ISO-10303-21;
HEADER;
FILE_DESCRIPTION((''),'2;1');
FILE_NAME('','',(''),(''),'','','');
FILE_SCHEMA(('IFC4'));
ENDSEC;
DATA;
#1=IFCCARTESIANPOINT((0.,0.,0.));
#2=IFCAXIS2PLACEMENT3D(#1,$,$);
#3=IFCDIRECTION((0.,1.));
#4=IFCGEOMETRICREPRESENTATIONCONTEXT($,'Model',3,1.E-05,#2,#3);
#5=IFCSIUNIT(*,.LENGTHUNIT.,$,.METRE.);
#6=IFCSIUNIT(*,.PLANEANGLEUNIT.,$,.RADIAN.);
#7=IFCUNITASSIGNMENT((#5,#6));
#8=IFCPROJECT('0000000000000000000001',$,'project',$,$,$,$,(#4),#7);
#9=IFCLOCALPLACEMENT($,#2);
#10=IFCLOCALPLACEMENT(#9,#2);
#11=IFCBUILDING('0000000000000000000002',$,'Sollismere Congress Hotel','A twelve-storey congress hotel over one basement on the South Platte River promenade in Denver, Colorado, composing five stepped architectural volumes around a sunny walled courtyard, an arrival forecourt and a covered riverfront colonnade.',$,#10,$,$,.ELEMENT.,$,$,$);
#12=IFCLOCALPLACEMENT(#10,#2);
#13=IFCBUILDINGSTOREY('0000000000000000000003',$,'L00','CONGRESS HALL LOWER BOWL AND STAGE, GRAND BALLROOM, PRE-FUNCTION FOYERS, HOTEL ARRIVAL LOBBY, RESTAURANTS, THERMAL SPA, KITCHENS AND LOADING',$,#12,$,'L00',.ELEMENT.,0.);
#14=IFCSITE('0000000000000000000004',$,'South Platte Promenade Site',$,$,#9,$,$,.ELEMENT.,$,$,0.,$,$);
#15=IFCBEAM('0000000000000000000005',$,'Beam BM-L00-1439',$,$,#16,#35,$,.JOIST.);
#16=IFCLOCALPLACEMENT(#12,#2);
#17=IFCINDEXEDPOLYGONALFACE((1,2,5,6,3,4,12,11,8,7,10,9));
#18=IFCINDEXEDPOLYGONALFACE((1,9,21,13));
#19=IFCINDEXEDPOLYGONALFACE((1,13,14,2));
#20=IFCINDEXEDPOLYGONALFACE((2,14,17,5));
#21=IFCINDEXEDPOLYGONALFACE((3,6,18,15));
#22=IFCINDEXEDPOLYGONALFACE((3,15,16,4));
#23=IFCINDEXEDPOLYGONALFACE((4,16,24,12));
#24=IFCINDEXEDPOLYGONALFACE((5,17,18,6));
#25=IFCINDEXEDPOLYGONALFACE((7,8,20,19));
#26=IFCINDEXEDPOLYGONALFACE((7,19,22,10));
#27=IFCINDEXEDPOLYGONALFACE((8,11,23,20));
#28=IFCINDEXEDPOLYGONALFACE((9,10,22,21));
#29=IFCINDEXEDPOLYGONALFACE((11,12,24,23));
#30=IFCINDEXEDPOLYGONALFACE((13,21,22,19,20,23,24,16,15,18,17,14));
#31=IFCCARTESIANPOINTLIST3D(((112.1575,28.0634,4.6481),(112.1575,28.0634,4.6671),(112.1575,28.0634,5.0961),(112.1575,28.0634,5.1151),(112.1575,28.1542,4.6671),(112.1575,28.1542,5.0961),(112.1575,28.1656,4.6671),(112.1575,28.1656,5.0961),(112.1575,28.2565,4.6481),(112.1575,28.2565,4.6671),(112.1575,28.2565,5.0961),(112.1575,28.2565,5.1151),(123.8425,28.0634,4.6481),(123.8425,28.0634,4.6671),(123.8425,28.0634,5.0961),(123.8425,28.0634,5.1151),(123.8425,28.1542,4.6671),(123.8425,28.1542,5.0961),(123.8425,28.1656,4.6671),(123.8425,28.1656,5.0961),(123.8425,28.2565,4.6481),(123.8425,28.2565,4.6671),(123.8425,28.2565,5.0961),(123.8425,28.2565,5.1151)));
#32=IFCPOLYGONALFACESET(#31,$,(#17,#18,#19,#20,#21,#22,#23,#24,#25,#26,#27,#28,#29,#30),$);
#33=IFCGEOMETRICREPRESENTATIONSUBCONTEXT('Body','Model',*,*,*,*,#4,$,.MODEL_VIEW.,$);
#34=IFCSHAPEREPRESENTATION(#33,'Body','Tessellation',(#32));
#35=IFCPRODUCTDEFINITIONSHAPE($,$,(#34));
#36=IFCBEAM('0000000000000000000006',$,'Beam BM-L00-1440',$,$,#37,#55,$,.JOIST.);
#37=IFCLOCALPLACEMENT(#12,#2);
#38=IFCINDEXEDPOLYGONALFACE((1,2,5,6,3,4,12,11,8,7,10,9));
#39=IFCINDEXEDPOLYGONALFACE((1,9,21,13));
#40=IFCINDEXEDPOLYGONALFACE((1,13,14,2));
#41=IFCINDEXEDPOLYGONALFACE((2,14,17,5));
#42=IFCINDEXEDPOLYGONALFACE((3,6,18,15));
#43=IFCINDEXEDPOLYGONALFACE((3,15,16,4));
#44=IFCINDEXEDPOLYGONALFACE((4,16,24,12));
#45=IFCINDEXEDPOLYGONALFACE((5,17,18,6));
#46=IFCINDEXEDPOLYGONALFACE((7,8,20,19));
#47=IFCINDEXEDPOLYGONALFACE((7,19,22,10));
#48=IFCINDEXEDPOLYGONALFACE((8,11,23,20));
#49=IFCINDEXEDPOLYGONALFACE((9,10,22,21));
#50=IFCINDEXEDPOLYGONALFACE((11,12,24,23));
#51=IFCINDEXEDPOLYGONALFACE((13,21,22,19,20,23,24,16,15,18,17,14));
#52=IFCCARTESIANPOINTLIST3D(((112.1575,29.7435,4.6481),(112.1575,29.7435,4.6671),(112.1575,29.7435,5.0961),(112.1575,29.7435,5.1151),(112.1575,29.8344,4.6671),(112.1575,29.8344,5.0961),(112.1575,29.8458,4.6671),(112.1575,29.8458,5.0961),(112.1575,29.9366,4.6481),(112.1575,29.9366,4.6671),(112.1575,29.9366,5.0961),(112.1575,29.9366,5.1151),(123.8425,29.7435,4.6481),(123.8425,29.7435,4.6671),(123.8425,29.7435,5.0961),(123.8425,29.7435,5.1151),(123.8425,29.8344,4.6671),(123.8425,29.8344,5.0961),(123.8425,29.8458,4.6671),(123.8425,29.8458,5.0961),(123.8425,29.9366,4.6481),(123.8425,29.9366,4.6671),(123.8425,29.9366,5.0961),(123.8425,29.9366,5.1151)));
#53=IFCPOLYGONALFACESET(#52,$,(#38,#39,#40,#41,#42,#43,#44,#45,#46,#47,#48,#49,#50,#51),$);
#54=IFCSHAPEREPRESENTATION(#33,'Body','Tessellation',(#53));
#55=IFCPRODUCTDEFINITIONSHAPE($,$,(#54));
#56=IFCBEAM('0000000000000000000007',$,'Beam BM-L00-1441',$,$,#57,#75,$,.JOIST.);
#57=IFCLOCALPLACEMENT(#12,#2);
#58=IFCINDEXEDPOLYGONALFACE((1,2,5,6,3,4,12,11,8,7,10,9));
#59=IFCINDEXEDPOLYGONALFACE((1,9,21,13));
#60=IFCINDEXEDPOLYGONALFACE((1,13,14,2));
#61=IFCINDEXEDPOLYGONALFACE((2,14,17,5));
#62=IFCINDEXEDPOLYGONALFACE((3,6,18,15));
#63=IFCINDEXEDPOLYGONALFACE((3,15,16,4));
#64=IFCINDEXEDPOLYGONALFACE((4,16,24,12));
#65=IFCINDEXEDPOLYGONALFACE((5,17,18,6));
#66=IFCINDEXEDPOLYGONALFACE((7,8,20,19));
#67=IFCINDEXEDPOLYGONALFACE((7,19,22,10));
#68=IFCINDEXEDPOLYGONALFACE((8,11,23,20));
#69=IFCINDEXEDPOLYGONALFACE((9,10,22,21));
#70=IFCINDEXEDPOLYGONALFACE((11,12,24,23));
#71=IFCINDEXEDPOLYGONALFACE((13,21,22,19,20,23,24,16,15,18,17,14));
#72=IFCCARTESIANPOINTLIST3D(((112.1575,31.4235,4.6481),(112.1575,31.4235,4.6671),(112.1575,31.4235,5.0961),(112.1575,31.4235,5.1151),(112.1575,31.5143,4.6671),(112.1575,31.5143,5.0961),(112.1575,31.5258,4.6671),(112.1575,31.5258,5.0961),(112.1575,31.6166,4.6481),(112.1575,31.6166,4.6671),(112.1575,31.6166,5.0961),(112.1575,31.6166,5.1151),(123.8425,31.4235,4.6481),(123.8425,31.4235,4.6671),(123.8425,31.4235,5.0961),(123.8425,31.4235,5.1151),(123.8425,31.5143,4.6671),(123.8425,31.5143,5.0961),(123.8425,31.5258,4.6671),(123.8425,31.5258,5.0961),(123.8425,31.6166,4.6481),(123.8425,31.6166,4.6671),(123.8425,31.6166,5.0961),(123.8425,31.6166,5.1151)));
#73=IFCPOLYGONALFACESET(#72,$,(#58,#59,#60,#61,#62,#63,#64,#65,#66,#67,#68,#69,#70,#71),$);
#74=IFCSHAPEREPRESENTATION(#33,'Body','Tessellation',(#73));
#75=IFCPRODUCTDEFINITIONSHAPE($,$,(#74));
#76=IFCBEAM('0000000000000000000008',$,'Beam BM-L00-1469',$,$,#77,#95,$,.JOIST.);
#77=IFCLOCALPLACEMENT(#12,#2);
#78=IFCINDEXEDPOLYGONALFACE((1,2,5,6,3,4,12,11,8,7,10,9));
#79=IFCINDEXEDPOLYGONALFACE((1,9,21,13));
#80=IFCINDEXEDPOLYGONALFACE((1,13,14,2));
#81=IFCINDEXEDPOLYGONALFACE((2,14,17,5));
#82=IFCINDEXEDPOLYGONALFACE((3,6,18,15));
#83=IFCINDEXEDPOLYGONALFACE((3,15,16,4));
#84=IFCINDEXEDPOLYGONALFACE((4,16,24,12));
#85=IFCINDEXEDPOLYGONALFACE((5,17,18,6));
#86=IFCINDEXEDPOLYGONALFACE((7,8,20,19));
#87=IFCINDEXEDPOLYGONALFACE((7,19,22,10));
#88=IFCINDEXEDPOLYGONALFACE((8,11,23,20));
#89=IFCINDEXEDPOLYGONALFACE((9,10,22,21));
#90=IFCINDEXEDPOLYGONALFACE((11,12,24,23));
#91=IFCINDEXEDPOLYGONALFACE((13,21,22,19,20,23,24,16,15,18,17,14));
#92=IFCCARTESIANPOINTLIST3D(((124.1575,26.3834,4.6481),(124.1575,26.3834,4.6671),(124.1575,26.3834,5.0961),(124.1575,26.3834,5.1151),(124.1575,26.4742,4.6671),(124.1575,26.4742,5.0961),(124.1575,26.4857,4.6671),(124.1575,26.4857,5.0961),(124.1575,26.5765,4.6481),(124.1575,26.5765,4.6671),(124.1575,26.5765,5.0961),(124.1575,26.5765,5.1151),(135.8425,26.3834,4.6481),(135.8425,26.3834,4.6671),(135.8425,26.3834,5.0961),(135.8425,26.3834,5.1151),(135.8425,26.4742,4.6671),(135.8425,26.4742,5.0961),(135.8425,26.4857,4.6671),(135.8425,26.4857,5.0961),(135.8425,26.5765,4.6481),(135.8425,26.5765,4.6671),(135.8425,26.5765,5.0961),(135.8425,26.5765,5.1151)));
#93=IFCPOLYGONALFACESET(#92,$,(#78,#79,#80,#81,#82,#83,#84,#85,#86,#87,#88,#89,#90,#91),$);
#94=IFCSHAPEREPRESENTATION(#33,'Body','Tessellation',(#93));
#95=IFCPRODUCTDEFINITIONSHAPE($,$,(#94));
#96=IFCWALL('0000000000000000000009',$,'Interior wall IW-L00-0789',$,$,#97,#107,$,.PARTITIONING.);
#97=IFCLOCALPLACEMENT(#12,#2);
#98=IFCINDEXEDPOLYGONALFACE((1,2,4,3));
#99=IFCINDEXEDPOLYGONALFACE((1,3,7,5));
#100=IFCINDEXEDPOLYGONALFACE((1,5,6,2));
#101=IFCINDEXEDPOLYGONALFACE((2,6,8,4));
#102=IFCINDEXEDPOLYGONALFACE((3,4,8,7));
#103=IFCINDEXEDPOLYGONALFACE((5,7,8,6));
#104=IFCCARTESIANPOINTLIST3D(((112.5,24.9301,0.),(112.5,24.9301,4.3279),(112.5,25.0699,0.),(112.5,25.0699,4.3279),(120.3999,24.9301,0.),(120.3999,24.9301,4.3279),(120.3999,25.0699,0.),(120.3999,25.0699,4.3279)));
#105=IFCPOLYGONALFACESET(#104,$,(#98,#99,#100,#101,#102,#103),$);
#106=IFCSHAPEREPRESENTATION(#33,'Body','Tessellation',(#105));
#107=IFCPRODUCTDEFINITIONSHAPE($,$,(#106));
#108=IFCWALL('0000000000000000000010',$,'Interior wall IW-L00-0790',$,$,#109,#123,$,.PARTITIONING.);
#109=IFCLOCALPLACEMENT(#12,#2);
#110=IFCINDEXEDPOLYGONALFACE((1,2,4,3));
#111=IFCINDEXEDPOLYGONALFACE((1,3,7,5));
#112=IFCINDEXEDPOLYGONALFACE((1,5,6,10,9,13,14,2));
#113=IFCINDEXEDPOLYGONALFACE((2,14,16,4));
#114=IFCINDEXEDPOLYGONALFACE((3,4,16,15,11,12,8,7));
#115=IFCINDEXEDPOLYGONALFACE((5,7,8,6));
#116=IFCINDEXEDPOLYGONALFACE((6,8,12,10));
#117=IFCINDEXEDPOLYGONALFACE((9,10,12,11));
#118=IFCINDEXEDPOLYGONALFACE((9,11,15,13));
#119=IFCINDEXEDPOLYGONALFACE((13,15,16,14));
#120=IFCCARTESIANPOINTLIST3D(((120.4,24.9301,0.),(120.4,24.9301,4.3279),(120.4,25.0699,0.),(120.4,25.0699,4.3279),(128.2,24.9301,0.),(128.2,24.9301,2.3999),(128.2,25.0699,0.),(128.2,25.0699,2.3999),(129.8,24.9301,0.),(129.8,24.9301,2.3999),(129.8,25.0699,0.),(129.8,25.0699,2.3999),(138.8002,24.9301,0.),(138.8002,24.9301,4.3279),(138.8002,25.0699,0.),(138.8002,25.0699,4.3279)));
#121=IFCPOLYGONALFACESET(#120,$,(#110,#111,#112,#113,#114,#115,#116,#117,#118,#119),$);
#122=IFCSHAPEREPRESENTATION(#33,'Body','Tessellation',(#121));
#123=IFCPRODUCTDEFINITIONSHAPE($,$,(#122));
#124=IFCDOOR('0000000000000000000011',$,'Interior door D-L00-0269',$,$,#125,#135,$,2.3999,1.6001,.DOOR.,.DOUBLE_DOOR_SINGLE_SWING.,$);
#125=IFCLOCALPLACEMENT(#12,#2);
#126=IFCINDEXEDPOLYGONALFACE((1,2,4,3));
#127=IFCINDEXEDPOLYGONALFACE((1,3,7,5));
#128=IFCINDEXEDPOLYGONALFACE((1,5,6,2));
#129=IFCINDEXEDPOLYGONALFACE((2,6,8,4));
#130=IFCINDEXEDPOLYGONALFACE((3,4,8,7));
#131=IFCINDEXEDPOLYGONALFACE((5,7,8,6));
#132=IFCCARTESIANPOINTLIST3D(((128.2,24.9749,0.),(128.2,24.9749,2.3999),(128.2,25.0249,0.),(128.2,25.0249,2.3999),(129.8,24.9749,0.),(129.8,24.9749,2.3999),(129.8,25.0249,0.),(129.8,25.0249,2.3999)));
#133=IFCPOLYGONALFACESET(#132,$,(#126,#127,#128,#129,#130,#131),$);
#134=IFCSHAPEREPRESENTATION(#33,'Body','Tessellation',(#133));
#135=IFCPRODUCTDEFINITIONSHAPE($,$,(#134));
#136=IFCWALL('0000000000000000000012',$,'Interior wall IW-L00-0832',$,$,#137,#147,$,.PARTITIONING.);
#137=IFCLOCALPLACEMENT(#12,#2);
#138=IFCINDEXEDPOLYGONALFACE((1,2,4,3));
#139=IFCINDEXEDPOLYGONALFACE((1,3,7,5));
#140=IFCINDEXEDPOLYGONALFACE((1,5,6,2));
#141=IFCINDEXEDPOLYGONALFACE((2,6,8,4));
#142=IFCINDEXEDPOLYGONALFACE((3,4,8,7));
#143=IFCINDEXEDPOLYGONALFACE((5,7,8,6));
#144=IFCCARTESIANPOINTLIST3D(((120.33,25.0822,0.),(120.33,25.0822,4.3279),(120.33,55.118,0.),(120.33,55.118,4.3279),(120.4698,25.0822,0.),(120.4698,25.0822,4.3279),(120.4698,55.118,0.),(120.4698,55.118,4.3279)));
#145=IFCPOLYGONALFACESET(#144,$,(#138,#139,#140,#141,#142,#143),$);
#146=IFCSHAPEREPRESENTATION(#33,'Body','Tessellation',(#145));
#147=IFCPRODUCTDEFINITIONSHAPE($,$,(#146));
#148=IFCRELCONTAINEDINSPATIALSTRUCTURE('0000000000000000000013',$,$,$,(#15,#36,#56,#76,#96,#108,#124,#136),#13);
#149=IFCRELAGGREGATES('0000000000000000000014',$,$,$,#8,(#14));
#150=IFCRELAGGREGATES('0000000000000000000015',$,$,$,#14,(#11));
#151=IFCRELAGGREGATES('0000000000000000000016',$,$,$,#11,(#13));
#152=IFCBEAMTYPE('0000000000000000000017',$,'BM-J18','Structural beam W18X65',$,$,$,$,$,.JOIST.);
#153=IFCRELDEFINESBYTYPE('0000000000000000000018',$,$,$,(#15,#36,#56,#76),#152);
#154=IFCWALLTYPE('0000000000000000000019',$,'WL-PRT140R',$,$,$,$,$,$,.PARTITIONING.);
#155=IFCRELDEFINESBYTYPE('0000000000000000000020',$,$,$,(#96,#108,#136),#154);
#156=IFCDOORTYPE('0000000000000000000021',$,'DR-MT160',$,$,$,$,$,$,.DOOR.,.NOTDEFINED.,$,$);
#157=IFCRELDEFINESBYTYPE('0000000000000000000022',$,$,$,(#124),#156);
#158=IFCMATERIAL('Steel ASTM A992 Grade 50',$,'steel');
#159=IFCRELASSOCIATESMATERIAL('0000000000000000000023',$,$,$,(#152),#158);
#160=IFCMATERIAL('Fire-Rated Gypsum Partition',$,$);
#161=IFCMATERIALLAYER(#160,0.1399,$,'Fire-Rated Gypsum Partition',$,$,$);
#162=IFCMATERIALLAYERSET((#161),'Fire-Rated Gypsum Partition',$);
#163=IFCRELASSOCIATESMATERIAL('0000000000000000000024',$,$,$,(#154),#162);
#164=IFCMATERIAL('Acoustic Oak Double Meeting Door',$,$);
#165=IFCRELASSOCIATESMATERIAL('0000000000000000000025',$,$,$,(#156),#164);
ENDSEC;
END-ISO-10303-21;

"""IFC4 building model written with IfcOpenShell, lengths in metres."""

from ifc_helpers import new_model, si_unit, direction, frame, frame_2d, origin, origin_2d, place, context, subcontext, project, spatial, rectangle, i_section, extrude, material, layer, layer_set, material_profile, profile_set, type_object, element, fill, save


model = new_model("IFC4")

# Units and contexts
model_context = context("Model", 3, precision=1e-05, world=origin(), true_north=direction((0.0, 1.0)))
body_context = subcontext(model_context, "Body", "Model", "MODEL_VIEW")
ifc_project = project(units=[si_unit("LENGTHUNIT", "METRE"), si_unit("PLANEANGLEUNIT", "RADIAN")], contexts=[model_context])

# Site, building, storey
site_placement = place(None, origin())
site = spatial("IfcSite", under=ifc_project, at=site_placement, Name="South Platte Promenade Site", CompositionType="ELEMENT", RefElevation=0.0)
building_placement = place(site_placement, origin())
building = spatial("IfcBuilding", under=site, at=building_placement, Name="Sollismere Congress Hotel", Description="A twelve-storey congress hotel over one basement on the South Platte River promenade in Denver, Colorado, composing five stepped architectural volumes around a sunny walled courtyard, an arrival forecourt and a covered riverfront colonnade.", CompositionType="ELEMENT")
storey_placement = place(building_placement, origin())
storey = spatial("IfcBuildingStorey", under=building, at=storey_placement, Name="L00", Description="CONGRESS HALL LOWER BOWL AND STAGE, GRAND BALLROOM, PRE-FUNCTION FOYERS, HOTEL ARRIVAL LOBBY, RESTAURANTS, THERMAL SPA, KITCHENS AND LOADING", LongName="L00", CompositionType="ELEMENT", Elevation=0.0)

# Shared definitions
ifc_material_1 = material(Name="Steel ASTM A992 Grade 50", Category="steel")

# Beams
ifc_material_profile_1 = material_profile(ifc_material_1, i_section(OverallWidth=0.1931, OverallDepth=0.467, WebThickness=0.0115, FlangeThickness=0.019, at=origin_2d()), Name="W18X65")
ifc_profile_set_1 = profile_set([ifc_material_profile_1], Name="Steel ASTM A992 Grade 50")
beam_type_1 = type_object("IfcBeamType", Name="BM-J18", Description="Structural beam W18X65", PredefinedType="JOIST", material=ifc_profile_set_1)
for number, where, z_axis, x_axis, name in (
    (1, (112.1575, 28.1599, 4.8816), (1.0, 0.0, 0.0), (0.0, 1.0, 0.0), "Beam BM-L00-1439"),
    (2, (112.1575, 29.8401, 4.8816), (1.0, 0.0, 0.0), (0.0, 1.0, 0.0), "Beam BM-L00-1440"),
    (3, (112.1575, 31.52, 4.8816), (1.0, 0.0, 0.0), (0.0, 1.0, 0.0), "Beam BM-L00-1441"),
    (4, (124.1575, 26.48, 4.8816), (1.0, 0.0, 0.0), (0.0, 1.0, 0.0), "Beam BM-L00-1469"),
):
    element("IfcBeam", number, at=place(storey_placement, frame(where, z_axis=z_axis, x_axis=x_axis)), inside=storey, type_object=beam_type_1, Name=name, PredefinedType="JOIST", context=body_context, shape_type="SweptSolid", body=[
        extrude(i_section(OverallWidth=0.1931, OverallDepth=0.467, WebThickness=0.0115, FlangeThickness=0.019, at=origin_2d()), origin(), (0.0, 0.0, 1.0), 11.6851),
    ])

# Wall
ifc_material_2 = material(Name="Fire-Rated Gypsum Partition")
ifc_layer = layer(ifc_material_2, 0.1399, Name="Fire-Rated Gypsum Partition")
ifc_layer_set = layer_set([ifc_layer], Name="Fire-Rated Gypsum Partition")
wall_type = type_object("IfcWallType", Name="WL-PRT140R", PredefinedType="PARTITIONING", material=ifc_layer_set)
wall_1_placement = place(storey_placement, frame((112.5, 25.0, 0.0), z_axis=(0.0, 0.0, 1.0), x_axis=(1.0, 0.0, 0.0)))
element("IfcWall", 5, at=wall_1_placement, inside=storey, type_object=wall_type, Name="Interior wall IW-L00-0789", PredefinedType="PARTITIONING", context=body_context, shape_type="SweptSolid", body=[
    extrude(rectangle(XDim=7.8999, YDim=0.1399, at=frame_2d((3.95, 0.0))), origin(), (0.0, 0.0, 1.0), 4.3279),
])

# Wall, opening, door
wall_2_placement = place(storey_placement, frame((120.3999, 25.0, 0.0), z_axis=(0.0, 0.0, 1.0), x_axis=(1.0, 0.0, 0.0)))
wall_2 = element("IfcWall", 6, at=wall_2_placement, inside=storey, type_object=wall_type, Name="Interior wall IW-L00-0790", PredefinedType="PARTITIONING", context=body_context, shape_type="SweptSolid", body=[
    extrude(rectangle(XDim=18.4001, YDim=0.1399, at=frame_2d((9.2002, 0.0))), origin(), (0.0, 0.0, 1.0), 4.3279),
])
opening_placement = place(wall_2_placement, frame((7.8, 0.0, 0.0)))
opening = element("IfcOpeningElement", 7, at=opening_placement, cuts=wall_2, PredefinedType="OPENING", context=body_context, shape_type="SweptSolid", body=[
    extrude(rectangle(XDim=1.6001, YDim=2.3999, at=frame_2d((0.8, 1.2))), frame((0.0, 0.0798, 0.0), z_axis=(0.0, -1.0, 0.0), x_axis=(1.0, 0.0, 0.0)), (0.0, 0.0, 1.0), 0.1599),
])
ifc_material_3 = material(Name="Acoustic Oak Double Meeting Door")
door_type = type_object("IfcDoorType", Name="DR-MT160", OperationType="NOTDEFINED", PredefinedType="DOOR", material=ifc_material_3)
door_placement = place(opening_placement, origin())
door = element("IfcDoor", 8, at=door_placement, inside=storey, type_object=door_type, Name="Interior door D-L00-0269", OperationType="DOUBLE_DOOR_SINGLE_SWING", OverallHeight=2.3999, OverallWidth=1.6001, PredefinedType="DOOR", context=body_context, shape_type="SweptSolid", body=[
    extrude(rectangle(XDim=1.6001, YDim=2.3999, at=frame_2d((0.8, 1.2))), frame((0.0, 0.0249, 0.0), z_axis=(0.0, -1.0, 0.0), x_axis=(1.0, 0.0, 0.0)), (0.0, 0.0, 1.0), 0.05),
])
fill(opening, door)

# Wall
wall_3_placement = place(storey_placement, frame((120.3999, 25.082, 0.0), z_axis=(0.0, 0.0, 1.0), x_axis=(0.0, 1.0, 0.0)))
element("IfcWall", 9, at=wall_3_placement, inside=storey, type_object=wall_type, Name="Interior wall IW-L00-0832", PredefinedType="PARTITIONING", context=body_context, shape_type="SweptSolid", body=[
    extrude(rectangle(XDim=30.0359, YDim=0.1399, at=frame_2d((15.0181, 0.0))), origin(), (0.0, 0.0, 1.0), 4.3279),
])

save(model, "model.ifc")
